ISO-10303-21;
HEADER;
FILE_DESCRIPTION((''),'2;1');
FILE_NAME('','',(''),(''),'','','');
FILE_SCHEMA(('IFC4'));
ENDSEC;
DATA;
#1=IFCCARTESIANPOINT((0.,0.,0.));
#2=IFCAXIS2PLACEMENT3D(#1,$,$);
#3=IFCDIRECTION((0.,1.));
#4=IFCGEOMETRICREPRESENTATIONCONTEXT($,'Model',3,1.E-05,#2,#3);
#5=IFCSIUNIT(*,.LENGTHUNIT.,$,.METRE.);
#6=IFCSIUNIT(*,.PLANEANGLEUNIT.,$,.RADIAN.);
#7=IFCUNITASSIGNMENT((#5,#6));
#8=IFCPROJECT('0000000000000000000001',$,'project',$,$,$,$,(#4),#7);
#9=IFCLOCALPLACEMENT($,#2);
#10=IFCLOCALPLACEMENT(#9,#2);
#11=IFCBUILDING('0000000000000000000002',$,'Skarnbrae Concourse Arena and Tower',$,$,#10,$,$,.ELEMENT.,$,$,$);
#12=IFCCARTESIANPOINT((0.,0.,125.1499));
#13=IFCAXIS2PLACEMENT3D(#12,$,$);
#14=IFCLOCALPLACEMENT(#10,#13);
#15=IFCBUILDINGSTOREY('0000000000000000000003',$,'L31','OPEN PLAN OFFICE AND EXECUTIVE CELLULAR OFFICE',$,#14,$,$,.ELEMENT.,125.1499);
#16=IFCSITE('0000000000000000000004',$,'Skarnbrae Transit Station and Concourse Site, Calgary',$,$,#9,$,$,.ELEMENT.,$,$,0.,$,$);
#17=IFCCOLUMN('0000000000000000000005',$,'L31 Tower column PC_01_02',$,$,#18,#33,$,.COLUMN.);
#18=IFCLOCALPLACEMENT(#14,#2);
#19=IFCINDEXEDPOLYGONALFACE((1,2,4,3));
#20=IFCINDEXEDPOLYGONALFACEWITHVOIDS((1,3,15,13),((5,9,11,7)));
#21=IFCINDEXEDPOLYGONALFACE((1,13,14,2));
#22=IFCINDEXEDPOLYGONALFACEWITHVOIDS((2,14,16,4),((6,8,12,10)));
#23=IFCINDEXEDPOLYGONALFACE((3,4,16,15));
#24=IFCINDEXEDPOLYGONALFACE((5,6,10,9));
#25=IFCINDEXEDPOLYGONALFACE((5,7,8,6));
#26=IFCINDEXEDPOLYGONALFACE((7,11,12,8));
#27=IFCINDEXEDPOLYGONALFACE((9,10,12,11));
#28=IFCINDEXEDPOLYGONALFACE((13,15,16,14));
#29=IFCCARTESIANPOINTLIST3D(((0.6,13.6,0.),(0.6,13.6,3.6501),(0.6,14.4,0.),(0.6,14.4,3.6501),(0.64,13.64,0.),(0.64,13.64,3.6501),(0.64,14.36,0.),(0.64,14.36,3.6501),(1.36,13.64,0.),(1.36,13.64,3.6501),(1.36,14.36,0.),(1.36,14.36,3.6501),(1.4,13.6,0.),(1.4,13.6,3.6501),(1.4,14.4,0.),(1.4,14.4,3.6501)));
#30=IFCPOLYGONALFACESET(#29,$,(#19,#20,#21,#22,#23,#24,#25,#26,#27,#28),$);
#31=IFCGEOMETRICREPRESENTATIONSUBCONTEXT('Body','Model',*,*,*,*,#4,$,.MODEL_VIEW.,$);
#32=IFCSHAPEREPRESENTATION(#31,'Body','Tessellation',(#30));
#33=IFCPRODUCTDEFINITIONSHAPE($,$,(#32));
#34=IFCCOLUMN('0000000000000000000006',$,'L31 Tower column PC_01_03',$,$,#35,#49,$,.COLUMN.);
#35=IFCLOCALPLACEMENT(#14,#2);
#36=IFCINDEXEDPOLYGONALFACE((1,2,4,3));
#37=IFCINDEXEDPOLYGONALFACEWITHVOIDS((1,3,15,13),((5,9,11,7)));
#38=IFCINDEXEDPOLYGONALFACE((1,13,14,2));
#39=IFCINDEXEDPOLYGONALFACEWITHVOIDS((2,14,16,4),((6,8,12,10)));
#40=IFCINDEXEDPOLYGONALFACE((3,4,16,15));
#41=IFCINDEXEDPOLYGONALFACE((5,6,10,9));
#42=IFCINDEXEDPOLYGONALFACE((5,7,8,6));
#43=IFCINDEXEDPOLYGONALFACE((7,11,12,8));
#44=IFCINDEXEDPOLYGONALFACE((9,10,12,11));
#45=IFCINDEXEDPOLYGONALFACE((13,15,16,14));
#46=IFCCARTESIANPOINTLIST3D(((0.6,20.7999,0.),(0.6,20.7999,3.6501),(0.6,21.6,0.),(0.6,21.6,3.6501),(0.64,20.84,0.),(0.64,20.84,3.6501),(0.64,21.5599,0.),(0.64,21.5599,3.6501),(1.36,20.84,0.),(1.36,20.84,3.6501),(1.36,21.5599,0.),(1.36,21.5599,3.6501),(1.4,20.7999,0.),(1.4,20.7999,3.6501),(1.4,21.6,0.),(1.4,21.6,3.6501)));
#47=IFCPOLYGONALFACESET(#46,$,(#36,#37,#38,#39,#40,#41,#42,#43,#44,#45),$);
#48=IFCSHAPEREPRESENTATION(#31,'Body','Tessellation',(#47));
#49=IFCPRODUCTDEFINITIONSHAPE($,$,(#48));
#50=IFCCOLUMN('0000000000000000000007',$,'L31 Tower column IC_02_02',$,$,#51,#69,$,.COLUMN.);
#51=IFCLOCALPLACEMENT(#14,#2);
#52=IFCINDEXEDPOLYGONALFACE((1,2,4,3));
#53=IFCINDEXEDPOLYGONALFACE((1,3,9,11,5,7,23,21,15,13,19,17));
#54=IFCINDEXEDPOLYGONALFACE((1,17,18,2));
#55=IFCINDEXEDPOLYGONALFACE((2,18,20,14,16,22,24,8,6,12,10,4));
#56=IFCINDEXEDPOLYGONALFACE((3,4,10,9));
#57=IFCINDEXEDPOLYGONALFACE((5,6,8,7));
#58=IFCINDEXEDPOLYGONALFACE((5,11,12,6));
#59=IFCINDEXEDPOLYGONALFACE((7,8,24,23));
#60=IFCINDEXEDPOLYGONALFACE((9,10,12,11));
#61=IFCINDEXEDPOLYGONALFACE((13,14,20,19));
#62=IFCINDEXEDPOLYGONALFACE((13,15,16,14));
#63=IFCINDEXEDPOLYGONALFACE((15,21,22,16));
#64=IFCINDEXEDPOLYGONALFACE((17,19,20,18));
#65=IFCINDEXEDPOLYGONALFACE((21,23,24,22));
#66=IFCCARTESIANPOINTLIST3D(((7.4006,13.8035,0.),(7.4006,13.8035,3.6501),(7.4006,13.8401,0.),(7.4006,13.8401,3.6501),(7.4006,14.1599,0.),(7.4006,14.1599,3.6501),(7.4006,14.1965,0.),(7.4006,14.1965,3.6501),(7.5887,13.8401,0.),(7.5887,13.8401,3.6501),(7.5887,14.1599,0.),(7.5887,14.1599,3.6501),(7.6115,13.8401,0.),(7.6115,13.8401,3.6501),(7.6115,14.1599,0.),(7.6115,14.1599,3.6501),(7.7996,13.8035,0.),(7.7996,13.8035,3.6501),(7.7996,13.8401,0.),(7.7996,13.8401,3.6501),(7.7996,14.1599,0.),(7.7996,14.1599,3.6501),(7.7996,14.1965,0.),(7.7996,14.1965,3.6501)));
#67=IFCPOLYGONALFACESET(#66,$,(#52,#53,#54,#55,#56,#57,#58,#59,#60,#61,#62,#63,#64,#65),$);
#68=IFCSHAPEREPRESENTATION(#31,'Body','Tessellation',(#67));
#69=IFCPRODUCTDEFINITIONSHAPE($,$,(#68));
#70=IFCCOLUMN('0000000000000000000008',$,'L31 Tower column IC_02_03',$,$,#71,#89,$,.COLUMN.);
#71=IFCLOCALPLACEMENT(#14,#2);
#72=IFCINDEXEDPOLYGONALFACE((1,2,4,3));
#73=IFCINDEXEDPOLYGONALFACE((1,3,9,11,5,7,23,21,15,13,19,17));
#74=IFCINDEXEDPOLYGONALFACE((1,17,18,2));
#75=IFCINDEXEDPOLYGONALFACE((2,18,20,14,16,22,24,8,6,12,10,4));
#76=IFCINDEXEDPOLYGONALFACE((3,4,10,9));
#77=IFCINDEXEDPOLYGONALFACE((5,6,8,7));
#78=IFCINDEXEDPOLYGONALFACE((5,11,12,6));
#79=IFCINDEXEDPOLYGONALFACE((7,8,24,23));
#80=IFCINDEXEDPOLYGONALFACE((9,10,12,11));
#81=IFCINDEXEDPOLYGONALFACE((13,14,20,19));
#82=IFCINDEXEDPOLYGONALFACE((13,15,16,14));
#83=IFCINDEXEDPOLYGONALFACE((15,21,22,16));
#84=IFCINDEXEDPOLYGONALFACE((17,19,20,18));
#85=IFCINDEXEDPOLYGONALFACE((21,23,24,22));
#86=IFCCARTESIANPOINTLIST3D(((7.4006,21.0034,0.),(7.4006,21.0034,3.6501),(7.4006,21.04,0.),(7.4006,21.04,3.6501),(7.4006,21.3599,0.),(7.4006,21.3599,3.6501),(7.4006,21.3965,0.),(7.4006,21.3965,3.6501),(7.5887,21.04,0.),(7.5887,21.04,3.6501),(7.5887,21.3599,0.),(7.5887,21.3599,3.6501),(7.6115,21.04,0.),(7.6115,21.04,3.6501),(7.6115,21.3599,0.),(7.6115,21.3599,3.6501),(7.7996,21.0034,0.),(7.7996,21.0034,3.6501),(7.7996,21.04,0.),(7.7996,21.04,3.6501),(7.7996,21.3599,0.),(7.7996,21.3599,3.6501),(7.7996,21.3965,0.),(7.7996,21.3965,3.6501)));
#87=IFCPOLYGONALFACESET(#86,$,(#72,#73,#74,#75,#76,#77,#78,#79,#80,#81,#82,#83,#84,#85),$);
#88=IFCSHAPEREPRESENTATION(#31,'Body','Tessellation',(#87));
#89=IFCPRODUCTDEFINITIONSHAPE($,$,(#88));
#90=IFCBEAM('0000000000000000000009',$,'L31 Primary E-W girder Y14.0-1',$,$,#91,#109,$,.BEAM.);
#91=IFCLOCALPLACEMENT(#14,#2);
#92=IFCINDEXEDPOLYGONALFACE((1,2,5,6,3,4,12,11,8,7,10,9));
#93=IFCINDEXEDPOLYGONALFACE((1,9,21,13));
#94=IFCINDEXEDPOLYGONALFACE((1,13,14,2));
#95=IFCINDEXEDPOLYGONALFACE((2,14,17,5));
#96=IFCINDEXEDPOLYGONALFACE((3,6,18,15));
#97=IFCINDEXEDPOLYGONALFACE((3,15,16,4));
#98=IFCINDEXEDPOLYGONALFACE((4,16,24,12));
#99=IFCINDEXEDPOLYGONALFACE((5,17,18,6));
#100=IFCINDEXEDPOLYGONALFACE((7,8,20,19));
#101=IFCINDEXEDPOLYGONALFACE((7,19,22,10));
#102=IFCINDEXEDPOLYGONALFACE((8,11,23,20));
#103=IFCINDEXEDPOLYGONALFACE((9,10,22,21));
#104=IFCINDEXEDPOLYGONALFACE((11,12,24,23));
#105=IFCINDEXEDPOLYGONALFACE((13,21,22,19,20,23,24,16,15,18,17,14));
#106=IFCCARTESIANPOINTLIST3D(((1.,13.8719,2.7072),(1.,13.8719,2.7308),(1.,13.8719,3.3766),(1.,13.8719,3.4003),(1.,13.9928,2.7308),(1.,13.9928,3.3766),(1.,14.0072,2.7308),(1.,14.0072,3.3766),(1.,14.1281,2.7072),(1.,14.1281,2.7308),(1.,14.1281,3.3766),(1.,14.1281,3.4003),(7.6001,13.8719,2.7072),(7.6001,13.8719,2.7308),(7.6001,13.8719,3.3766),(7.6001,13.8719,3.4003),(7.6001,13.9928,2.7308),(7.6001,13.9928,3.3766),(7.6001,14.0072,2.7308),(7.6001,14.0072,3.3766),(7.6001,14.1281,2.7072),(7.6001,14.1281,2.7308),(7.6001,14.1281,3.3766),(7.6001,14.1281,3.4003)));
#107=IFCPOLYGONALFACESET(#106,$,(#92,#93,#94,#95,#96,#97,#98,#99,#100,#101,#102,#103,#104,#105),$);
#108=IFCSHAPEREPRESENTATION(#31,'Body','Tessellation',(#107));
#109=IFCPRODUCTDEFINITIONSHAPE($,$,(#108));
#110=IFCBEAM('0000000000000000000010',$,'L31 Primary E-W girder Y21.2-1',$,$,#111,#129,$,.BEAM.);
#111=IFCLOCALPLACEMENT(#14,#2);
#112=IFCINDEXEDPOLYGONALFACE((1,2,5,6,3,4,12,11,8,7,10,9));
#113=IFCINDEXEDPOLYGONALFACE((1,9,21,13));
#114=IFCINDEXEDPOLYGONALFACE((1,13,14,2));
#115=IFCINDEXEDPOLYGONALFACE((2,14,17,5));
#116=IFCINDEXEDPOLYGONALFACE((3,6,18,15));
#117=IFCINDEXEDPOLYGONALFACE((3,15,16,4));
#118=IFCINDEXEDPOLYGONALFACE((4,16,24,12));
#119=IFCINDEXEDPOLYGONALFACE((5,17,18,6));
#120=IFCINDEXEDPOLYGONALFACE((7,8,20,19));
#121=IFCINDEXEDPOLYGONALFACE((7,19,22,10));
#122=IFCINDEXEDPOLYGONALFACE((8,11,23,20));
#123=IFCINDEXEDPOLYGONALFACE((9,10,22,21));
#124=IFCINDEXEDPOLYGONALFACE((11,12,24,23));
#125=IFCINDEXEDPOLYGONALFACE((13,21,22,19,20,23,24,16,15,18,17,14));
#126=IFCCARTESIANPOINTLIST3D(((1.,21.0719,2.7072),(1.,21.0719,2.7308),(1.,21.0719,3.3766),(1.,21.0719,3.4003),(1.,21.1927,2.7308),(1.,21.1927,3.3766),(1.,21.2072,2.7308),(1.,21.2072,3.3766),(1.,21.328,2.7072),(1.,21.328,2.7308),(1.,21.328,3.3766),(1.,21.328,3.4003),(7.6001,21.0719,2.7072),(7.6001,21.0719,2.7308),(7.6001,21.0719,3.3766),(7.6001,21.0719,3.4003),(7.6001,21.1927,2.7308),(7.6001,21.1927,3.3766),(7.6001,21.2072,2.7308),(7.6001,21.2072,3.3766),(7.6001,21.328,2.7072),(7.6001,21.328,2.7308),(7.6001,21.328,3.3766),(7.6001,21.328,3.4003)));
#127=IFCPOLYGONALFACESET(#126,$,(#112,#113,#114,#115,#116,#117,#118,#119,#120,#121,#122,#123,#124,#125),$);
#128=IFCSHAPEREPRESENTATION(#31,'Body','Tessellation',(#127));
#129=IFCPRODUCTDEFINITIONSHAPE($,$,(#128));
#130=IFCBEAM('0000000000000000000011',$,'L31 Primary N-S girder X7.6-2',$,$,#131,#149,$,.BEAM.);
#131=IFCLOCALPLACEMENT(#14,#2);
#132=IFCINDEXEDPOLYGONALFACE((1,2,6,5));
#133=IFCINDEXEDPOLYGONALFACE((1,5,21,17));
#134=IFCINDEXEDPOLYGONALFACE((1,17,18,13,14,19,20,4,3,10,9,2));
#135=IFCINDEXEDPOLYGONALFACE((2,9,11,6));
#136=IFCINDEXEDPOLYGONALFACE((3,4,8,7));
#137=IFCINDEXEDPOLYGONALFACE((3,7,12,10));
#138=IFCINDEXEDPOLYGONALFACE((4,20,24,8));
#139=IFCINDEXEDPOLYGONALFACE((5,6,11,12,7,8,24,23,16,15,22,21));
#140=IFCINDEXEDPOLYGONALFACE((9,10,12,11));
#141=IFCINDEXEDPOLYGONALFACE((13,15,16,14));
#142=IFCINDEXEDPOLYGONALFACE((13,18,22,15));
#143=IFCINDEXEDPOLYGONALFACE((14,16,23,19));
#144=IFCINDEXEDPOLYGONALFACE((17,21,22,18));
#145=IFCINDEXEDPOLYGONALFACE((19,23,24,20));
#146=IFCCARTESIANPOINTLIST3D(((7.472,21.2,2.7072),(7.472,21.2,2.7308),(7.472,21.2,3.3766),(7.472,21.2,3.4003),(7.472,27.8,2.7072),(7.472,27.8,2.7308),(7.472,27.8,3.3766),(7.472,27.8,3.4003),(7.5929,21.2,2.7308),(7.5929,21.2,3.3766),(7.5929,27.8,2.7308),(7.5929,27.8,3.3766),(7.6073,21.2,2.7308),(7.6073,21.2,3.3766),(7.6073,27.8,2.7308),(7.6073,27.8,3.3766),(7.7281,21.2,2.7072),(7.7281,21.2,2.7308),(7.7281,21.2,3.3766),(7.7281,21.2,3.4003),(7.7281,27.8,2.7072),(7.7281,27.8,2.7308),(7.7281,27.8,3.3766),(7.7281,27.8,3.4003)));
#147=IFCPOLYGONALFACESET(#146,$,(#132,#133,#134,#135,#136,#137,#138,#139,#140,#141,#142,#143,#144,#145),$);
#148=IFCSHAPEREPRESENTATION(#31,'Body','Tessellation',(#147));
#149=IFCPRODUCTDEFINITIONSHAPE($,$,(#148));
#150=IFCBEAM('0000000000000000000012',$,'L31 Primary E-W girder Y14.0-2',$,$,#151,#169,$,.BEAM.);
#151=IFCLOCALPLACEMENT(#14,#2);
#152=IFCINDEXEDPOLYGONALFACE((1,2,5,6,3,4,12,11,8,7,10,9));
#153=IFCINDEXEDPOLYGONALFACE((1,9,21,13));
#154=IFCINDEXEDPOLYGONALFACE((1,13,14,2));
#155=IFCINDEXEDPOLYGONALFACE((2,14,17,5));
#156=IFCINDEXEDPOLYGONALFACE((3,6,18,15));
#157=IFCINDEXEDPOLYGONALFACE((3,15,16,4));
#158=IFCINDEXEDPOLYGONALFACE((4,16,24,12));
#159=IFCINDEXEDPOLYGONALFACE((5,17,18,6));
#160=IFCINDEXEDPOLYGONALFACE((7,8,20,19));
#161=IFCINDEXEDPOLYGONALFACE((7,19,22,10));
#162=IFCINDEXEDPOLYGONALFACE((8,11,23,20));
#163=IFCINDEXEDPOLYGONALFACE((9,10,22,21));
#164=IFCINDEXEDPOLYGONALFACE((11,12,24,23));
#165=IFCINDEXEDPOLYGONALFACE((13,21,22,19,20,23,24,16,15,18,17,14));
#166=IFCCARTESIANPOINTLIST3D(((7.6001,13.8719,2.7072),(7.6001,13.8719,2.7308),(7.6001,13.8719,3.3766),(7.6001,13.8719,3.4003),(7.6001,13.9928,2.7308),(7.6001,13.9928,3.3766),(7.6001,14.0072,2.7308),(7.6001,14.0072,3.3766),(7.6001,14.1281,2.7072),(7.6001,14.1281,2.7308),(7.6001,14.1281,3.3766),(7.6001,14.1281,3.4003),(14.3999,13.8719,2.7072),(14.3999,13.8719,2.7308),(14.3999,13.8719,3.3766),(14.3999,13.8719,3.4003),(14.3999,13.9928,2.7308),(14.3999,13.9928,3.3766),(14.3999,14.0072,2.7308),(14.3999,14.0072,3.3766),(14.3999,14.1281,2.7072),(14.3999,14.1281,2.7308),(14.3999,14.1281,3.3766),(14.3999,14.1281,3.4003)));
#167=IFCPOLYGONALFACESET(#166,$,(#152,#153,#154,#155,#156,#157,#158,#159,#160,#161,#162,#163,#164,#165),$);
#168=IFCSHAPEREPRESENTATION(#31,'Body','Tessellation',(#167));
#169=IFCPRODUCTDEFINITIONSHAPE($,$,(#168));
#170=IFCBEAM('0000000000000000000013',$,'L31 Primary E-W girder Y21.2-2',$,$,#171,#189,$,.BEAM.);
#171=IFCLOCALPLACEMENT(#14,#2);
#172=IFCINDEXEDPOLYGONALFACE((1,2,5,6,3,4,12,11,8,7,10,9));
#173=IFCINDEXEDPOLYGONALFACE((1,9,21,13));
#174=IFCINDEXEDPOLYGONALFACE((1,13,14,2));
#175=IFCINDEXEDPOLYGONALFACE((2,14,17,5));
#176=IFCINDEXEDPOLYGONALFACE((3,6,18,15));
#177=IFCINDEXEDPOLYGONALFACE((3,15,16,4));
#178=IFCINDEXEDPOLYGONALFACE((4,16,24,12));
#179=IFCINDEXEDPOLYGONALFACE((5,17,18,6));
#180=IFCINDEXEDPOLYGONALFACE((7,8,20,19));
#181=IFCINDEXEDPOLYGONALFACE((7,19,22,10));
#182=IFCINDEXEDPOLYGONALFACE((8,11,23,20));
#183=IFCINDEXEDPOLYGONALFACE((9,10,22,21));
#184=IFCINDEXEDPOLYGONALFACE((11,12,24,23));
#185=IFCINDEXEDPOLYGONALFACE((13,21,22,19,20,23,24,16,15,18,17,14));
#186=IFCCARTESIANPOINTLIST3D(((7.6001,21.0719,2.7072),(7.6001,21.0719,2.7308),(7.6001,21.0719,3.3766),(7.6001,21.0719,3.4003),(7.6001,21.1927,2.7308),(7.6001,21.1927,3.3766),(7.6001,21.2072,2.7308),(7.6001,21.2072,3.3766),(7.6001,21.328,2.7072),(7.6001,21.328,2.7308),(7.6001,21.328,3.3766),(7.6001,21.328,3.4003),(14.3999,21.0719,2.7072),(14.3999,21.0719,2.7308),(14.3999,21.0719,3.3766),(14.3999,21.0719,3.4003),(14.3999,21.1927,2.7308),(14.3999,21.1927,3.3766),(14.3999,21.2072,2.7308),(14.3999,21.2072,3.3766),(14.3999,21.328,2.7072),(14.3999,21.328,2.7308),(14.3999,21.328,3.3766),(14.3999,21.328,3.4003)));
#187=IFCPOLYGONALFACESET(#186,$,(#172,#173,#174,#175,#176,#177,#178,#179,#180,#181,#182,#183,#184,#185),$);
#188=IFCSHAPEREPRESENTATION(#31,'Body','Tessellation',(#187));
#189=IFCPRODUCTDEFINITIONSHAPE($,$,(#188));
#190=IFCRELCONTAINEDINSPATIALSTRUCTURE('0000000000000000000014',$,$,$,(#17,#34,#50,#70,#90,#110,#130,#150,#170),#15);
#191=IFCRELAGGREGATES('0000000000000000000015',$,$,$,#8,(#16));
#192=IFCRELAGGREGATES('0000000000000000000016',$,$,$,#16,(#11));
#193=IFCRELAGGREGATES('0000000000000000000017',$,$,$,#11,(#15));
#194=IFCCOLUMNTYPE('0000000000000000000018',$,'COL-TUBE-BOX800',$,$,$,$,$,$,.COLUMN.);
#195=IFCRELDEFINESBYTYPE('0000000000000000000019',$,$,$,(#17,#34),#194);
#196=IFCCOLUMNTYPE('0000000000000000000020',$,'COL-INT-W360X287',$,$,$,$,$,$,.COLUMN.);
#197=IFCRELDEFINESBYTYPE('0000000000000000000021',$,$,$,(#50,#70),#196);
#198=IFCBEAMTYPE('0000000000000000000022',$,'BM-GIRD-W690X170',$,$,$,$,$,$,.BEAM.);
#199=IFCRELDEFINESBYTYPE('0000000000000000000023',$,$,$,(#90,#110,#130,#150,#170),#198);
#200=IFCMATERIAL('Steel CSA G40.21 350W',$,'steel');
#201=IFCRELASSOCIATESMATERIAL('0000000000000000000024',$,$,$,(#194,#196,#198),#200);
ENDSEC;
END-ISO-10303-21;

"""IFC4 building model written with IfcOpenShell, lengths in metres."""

from ifc_helpers import new_model, si_unit, direction, frame, origin, origin_2d, place, context, subcontext, project, spatial, hollow_rectangle, i_section, extrude, source, transform, mapped, material, material_profile, profile_set, type_object, element, save


model = new_model("IFC4")

# Units and contexts
model_context = context("Model", 3, precision=1e-05, world=origin(), true_north=direction((0.0, 1.0)))
body_context = subcontext(model_context, "Body", "Model", "MODEL_VIEW")
ifc_project = project(units=[si_unit("LENGTHUNIT", "METRE"), si_unit("PLANEANGLEUNIT", "RADIAN")], contexts=[model_context])

# Site, building, storey
site_placement = place(None, origin())
site = spatial("IfcSite", under=ifc_project, at=site_placement, Name="Skarnbrae Transit Station and Concourse Site, Calgary", CompositionType="ELEMENT", RefElevation=0.0)
building_placement = place(site_placement, origin())
building = spatial("IfcBuilding", under=site, at=building_placement, Name="Skarnbrae Concourse Arena and Tower", CompositionType="ELEMENT")
storey_placement = place(building_placement, frame((0.0, 0.0, 125.1499)))
storey = spatial("IfcBuildingStorey", under=building, at=storey_placement, Name="L31", Description="OPEN PLAN OFFICE AND EXECUTIVE CELLULAR OFFICE", CompositionType="ELEMENT", Elevation=125.1499)

# Columns
ifc_material_1 = material(Name="Steel CSA G40.21 350W", Category="steel")
ifc_material_profile_1 = material_profile(ifc_material_1, hollow_rectangle(XDim=0.8, YDim=0.8, WallThickness=0.04, at=origin_2d()), Name="BOX800X800X40")
ifc_profile_set_1 = profile_set([ifc_material_profile_1], Name="Steel CSA G40.21 350W")
column_type_1 = type_object("IfcColumnType", Name="COL-TUBE-BOX800", PredefinedType="COLUMN", material=ifc_profile_set_1)
shared_shape_1 = source(origin(), body_context, "Body", "SweptSolid", [
    extrude(hollow_rectangle(XDim=0.8, YDim=0.8, WallThickness=0.04, at=origin_2d()), origin(), (0.0, 0.0, 1.0), 3.6501),
])
for number, where, z_axis, x_axis, name in (
    (1, (1.0, 14.0, 0.0), (0.0, 0.0, 1.0), (1.0, 0.0, 0.0), "L31 Tower column PC_01_02"),
    (2, (1.0, 21.2, 0.0), (0.0, 0.0, 1.0), (1.0, 0.0, 0.0), "L31 Tower column PC_01_03"),
):
    element("IfcColumn", number, at=place(storey_placement, frame(where, z_axis=z_axis, x_axis=x_axis)), inside=storey, type_object=column_type_1, Name=name, PredefinedType="COLUMN", context=body_context, shape_type="MappedRepresentation", body=[
        mapped(shared_shape_1, transform((0.0, 0.0, 0.0))),
    ])
ifc_material_profile_2 = material_profile(ifc_material_1, i_section(OverallWidth=0.3989, OverallDepth=0.3931, WebThickness=0.0227, FlangeThickness=0.0366, at=origin_2d()), Name="W360X287")
ifc_profile_set_2 = profile_set([ifc_material_profile_2], Name="Steel CSA G40.21 350W")
column_type_2 = type_object("IfcColumnType", Name="COL-INT-W360X287", PredefinedType="COLUMN", material=ifc_profile_set_2)
shared_shape_2 = source(origin(), body_context, "Body", "SweptSolid", [
    extrude(i_section(OverallWidth=0.3989, OverallDepth=0.3931, WebThickness=0.0227, FlangeThickness=0.0366, at=origin_2d()), origin(), (0.0, 0.0, 1.0), 3.6501),
])
for number, where, z_axis, x_axis, name in (
    (3, (7.6001, 14.0, 0.0), (0.0, 0.0, 1.0), (1.0, 0.0, 0.0), "L31 Tower column IC_02_02"),
    (4, (7.6001, 21.2, 0.0), (0.0, 0.0, 1.0), (1.0, 0.0, 0.0), "L31 Tower column IC_02_03"),
):
    element("IfcColumn", number, at=place(storey_placement, frame(where, z_axis=z_axis, x_axis=x_axis)), inside=storey, type_object=column_type_2, Name=name, PredefinedType="COLUMN", context=body_context, shape_type="MappedRepresentation", body=[
        mapped(shared_shape_2, transform((0.0, 0.0, 0.0))),
    ])

# Beams
ifc_material_profile_3 = material_profile(ifc_material_1, i_section(OverallWidth=0.2561, OverallDepth=0.6931, WebThickness=0.0144, FlangeThickness=0.0237, at=origin_2d()), Name="W690X170")
ifc_profile_set_3 = profile_set([ifc_material_profile_3], Name="Steel CSA G40.21 350W")
beam_type_1 = type_object("IfcBeamType", Name="BM-GIRD-W690X170", PredefinedType="BEAM", material=ifc_profile_set_3)
shared_shape_3 = source(origin(), body_context, "Body", "SweptSolid", [
    extrude(i_section(OverallWidth=0.2561, OverallDepth=0.6931, WebThickness=0.0144, FlangeThickness=0.0237, at=origin_2d()), origin(), (0.0, 0.0, 1.0), 6.6001),
])
for number, where, z_axis, x_axis, name in (
    (5, (1.0, 14.0, 3.0537), (1.0, 0.0, 0.0), (0.0, 1.0, 0.0), "L31 Primary E-W girder Y14.0-1"),
    (6, (1.0, 21.2, 3.0537), (1.0, 0.0, 0.0), (0.0, 1.0, 0.0), "L31 Primary E-W girder Y21.2-1"),
    (7, (7.6001, 21.2, 3.0537), (0.0, 1.0, 0.0), (-1.0, 0.0, 0.0), "L31 Primary N-S girder X7.6-2"),
):
    element("IfcBeam", number, at=place(storey_placement, frame(where, z_axis=z_axis, x_axis=x_axis)), inside=storey, type_object=beam_type_1, Name=name, PredefinedType="BEAM", context=body_context, shape_type="MappedRepresentation", body=[
        mapped(shared_shape_3, transform((0.0, 0.0, 0.0))),
    ])
shared_shape_4 = source(origin(), body_context, "Body", "SweptSolid", [
    extrude(i_section(OverallWidth=0.2561, OverallDepth=0.6931, WebThickness=0.0144, FlangeThickness=0.0237, at=origin_2d()), origin(), (0.0, 0.0, 1.0), 6.7998),
])
for number, where, z_axis, x_axis, name in (
    (8, (7.6001, 14.0, 3.0537), (1.0, 0.0, 0.0), (0.0, 1.0, 0.0), "L31 Primary E-W girder Y14.0-2"),
    (9, (7.6001, 21.2, 3.0537), (1.0, 0.0, 0.0), (0.0, 1.0, 0.0), "L31 Primary E-W girder Y21.2-2"),
):
    element("IfcBeam", number, at=place(storey_placement, frame(where, z_axis=z_axis, x_axis=x_axis)), inside=storey, type_object=beam_type_1, Name=name, PredefinedType="BEAM", context=body_context, shape_type="MappedRepresentation", body=[
        mapped(shared_shape_4, transform((0.0, 0.0, 0.0))),
    ])

save(model, "model.ifc")
